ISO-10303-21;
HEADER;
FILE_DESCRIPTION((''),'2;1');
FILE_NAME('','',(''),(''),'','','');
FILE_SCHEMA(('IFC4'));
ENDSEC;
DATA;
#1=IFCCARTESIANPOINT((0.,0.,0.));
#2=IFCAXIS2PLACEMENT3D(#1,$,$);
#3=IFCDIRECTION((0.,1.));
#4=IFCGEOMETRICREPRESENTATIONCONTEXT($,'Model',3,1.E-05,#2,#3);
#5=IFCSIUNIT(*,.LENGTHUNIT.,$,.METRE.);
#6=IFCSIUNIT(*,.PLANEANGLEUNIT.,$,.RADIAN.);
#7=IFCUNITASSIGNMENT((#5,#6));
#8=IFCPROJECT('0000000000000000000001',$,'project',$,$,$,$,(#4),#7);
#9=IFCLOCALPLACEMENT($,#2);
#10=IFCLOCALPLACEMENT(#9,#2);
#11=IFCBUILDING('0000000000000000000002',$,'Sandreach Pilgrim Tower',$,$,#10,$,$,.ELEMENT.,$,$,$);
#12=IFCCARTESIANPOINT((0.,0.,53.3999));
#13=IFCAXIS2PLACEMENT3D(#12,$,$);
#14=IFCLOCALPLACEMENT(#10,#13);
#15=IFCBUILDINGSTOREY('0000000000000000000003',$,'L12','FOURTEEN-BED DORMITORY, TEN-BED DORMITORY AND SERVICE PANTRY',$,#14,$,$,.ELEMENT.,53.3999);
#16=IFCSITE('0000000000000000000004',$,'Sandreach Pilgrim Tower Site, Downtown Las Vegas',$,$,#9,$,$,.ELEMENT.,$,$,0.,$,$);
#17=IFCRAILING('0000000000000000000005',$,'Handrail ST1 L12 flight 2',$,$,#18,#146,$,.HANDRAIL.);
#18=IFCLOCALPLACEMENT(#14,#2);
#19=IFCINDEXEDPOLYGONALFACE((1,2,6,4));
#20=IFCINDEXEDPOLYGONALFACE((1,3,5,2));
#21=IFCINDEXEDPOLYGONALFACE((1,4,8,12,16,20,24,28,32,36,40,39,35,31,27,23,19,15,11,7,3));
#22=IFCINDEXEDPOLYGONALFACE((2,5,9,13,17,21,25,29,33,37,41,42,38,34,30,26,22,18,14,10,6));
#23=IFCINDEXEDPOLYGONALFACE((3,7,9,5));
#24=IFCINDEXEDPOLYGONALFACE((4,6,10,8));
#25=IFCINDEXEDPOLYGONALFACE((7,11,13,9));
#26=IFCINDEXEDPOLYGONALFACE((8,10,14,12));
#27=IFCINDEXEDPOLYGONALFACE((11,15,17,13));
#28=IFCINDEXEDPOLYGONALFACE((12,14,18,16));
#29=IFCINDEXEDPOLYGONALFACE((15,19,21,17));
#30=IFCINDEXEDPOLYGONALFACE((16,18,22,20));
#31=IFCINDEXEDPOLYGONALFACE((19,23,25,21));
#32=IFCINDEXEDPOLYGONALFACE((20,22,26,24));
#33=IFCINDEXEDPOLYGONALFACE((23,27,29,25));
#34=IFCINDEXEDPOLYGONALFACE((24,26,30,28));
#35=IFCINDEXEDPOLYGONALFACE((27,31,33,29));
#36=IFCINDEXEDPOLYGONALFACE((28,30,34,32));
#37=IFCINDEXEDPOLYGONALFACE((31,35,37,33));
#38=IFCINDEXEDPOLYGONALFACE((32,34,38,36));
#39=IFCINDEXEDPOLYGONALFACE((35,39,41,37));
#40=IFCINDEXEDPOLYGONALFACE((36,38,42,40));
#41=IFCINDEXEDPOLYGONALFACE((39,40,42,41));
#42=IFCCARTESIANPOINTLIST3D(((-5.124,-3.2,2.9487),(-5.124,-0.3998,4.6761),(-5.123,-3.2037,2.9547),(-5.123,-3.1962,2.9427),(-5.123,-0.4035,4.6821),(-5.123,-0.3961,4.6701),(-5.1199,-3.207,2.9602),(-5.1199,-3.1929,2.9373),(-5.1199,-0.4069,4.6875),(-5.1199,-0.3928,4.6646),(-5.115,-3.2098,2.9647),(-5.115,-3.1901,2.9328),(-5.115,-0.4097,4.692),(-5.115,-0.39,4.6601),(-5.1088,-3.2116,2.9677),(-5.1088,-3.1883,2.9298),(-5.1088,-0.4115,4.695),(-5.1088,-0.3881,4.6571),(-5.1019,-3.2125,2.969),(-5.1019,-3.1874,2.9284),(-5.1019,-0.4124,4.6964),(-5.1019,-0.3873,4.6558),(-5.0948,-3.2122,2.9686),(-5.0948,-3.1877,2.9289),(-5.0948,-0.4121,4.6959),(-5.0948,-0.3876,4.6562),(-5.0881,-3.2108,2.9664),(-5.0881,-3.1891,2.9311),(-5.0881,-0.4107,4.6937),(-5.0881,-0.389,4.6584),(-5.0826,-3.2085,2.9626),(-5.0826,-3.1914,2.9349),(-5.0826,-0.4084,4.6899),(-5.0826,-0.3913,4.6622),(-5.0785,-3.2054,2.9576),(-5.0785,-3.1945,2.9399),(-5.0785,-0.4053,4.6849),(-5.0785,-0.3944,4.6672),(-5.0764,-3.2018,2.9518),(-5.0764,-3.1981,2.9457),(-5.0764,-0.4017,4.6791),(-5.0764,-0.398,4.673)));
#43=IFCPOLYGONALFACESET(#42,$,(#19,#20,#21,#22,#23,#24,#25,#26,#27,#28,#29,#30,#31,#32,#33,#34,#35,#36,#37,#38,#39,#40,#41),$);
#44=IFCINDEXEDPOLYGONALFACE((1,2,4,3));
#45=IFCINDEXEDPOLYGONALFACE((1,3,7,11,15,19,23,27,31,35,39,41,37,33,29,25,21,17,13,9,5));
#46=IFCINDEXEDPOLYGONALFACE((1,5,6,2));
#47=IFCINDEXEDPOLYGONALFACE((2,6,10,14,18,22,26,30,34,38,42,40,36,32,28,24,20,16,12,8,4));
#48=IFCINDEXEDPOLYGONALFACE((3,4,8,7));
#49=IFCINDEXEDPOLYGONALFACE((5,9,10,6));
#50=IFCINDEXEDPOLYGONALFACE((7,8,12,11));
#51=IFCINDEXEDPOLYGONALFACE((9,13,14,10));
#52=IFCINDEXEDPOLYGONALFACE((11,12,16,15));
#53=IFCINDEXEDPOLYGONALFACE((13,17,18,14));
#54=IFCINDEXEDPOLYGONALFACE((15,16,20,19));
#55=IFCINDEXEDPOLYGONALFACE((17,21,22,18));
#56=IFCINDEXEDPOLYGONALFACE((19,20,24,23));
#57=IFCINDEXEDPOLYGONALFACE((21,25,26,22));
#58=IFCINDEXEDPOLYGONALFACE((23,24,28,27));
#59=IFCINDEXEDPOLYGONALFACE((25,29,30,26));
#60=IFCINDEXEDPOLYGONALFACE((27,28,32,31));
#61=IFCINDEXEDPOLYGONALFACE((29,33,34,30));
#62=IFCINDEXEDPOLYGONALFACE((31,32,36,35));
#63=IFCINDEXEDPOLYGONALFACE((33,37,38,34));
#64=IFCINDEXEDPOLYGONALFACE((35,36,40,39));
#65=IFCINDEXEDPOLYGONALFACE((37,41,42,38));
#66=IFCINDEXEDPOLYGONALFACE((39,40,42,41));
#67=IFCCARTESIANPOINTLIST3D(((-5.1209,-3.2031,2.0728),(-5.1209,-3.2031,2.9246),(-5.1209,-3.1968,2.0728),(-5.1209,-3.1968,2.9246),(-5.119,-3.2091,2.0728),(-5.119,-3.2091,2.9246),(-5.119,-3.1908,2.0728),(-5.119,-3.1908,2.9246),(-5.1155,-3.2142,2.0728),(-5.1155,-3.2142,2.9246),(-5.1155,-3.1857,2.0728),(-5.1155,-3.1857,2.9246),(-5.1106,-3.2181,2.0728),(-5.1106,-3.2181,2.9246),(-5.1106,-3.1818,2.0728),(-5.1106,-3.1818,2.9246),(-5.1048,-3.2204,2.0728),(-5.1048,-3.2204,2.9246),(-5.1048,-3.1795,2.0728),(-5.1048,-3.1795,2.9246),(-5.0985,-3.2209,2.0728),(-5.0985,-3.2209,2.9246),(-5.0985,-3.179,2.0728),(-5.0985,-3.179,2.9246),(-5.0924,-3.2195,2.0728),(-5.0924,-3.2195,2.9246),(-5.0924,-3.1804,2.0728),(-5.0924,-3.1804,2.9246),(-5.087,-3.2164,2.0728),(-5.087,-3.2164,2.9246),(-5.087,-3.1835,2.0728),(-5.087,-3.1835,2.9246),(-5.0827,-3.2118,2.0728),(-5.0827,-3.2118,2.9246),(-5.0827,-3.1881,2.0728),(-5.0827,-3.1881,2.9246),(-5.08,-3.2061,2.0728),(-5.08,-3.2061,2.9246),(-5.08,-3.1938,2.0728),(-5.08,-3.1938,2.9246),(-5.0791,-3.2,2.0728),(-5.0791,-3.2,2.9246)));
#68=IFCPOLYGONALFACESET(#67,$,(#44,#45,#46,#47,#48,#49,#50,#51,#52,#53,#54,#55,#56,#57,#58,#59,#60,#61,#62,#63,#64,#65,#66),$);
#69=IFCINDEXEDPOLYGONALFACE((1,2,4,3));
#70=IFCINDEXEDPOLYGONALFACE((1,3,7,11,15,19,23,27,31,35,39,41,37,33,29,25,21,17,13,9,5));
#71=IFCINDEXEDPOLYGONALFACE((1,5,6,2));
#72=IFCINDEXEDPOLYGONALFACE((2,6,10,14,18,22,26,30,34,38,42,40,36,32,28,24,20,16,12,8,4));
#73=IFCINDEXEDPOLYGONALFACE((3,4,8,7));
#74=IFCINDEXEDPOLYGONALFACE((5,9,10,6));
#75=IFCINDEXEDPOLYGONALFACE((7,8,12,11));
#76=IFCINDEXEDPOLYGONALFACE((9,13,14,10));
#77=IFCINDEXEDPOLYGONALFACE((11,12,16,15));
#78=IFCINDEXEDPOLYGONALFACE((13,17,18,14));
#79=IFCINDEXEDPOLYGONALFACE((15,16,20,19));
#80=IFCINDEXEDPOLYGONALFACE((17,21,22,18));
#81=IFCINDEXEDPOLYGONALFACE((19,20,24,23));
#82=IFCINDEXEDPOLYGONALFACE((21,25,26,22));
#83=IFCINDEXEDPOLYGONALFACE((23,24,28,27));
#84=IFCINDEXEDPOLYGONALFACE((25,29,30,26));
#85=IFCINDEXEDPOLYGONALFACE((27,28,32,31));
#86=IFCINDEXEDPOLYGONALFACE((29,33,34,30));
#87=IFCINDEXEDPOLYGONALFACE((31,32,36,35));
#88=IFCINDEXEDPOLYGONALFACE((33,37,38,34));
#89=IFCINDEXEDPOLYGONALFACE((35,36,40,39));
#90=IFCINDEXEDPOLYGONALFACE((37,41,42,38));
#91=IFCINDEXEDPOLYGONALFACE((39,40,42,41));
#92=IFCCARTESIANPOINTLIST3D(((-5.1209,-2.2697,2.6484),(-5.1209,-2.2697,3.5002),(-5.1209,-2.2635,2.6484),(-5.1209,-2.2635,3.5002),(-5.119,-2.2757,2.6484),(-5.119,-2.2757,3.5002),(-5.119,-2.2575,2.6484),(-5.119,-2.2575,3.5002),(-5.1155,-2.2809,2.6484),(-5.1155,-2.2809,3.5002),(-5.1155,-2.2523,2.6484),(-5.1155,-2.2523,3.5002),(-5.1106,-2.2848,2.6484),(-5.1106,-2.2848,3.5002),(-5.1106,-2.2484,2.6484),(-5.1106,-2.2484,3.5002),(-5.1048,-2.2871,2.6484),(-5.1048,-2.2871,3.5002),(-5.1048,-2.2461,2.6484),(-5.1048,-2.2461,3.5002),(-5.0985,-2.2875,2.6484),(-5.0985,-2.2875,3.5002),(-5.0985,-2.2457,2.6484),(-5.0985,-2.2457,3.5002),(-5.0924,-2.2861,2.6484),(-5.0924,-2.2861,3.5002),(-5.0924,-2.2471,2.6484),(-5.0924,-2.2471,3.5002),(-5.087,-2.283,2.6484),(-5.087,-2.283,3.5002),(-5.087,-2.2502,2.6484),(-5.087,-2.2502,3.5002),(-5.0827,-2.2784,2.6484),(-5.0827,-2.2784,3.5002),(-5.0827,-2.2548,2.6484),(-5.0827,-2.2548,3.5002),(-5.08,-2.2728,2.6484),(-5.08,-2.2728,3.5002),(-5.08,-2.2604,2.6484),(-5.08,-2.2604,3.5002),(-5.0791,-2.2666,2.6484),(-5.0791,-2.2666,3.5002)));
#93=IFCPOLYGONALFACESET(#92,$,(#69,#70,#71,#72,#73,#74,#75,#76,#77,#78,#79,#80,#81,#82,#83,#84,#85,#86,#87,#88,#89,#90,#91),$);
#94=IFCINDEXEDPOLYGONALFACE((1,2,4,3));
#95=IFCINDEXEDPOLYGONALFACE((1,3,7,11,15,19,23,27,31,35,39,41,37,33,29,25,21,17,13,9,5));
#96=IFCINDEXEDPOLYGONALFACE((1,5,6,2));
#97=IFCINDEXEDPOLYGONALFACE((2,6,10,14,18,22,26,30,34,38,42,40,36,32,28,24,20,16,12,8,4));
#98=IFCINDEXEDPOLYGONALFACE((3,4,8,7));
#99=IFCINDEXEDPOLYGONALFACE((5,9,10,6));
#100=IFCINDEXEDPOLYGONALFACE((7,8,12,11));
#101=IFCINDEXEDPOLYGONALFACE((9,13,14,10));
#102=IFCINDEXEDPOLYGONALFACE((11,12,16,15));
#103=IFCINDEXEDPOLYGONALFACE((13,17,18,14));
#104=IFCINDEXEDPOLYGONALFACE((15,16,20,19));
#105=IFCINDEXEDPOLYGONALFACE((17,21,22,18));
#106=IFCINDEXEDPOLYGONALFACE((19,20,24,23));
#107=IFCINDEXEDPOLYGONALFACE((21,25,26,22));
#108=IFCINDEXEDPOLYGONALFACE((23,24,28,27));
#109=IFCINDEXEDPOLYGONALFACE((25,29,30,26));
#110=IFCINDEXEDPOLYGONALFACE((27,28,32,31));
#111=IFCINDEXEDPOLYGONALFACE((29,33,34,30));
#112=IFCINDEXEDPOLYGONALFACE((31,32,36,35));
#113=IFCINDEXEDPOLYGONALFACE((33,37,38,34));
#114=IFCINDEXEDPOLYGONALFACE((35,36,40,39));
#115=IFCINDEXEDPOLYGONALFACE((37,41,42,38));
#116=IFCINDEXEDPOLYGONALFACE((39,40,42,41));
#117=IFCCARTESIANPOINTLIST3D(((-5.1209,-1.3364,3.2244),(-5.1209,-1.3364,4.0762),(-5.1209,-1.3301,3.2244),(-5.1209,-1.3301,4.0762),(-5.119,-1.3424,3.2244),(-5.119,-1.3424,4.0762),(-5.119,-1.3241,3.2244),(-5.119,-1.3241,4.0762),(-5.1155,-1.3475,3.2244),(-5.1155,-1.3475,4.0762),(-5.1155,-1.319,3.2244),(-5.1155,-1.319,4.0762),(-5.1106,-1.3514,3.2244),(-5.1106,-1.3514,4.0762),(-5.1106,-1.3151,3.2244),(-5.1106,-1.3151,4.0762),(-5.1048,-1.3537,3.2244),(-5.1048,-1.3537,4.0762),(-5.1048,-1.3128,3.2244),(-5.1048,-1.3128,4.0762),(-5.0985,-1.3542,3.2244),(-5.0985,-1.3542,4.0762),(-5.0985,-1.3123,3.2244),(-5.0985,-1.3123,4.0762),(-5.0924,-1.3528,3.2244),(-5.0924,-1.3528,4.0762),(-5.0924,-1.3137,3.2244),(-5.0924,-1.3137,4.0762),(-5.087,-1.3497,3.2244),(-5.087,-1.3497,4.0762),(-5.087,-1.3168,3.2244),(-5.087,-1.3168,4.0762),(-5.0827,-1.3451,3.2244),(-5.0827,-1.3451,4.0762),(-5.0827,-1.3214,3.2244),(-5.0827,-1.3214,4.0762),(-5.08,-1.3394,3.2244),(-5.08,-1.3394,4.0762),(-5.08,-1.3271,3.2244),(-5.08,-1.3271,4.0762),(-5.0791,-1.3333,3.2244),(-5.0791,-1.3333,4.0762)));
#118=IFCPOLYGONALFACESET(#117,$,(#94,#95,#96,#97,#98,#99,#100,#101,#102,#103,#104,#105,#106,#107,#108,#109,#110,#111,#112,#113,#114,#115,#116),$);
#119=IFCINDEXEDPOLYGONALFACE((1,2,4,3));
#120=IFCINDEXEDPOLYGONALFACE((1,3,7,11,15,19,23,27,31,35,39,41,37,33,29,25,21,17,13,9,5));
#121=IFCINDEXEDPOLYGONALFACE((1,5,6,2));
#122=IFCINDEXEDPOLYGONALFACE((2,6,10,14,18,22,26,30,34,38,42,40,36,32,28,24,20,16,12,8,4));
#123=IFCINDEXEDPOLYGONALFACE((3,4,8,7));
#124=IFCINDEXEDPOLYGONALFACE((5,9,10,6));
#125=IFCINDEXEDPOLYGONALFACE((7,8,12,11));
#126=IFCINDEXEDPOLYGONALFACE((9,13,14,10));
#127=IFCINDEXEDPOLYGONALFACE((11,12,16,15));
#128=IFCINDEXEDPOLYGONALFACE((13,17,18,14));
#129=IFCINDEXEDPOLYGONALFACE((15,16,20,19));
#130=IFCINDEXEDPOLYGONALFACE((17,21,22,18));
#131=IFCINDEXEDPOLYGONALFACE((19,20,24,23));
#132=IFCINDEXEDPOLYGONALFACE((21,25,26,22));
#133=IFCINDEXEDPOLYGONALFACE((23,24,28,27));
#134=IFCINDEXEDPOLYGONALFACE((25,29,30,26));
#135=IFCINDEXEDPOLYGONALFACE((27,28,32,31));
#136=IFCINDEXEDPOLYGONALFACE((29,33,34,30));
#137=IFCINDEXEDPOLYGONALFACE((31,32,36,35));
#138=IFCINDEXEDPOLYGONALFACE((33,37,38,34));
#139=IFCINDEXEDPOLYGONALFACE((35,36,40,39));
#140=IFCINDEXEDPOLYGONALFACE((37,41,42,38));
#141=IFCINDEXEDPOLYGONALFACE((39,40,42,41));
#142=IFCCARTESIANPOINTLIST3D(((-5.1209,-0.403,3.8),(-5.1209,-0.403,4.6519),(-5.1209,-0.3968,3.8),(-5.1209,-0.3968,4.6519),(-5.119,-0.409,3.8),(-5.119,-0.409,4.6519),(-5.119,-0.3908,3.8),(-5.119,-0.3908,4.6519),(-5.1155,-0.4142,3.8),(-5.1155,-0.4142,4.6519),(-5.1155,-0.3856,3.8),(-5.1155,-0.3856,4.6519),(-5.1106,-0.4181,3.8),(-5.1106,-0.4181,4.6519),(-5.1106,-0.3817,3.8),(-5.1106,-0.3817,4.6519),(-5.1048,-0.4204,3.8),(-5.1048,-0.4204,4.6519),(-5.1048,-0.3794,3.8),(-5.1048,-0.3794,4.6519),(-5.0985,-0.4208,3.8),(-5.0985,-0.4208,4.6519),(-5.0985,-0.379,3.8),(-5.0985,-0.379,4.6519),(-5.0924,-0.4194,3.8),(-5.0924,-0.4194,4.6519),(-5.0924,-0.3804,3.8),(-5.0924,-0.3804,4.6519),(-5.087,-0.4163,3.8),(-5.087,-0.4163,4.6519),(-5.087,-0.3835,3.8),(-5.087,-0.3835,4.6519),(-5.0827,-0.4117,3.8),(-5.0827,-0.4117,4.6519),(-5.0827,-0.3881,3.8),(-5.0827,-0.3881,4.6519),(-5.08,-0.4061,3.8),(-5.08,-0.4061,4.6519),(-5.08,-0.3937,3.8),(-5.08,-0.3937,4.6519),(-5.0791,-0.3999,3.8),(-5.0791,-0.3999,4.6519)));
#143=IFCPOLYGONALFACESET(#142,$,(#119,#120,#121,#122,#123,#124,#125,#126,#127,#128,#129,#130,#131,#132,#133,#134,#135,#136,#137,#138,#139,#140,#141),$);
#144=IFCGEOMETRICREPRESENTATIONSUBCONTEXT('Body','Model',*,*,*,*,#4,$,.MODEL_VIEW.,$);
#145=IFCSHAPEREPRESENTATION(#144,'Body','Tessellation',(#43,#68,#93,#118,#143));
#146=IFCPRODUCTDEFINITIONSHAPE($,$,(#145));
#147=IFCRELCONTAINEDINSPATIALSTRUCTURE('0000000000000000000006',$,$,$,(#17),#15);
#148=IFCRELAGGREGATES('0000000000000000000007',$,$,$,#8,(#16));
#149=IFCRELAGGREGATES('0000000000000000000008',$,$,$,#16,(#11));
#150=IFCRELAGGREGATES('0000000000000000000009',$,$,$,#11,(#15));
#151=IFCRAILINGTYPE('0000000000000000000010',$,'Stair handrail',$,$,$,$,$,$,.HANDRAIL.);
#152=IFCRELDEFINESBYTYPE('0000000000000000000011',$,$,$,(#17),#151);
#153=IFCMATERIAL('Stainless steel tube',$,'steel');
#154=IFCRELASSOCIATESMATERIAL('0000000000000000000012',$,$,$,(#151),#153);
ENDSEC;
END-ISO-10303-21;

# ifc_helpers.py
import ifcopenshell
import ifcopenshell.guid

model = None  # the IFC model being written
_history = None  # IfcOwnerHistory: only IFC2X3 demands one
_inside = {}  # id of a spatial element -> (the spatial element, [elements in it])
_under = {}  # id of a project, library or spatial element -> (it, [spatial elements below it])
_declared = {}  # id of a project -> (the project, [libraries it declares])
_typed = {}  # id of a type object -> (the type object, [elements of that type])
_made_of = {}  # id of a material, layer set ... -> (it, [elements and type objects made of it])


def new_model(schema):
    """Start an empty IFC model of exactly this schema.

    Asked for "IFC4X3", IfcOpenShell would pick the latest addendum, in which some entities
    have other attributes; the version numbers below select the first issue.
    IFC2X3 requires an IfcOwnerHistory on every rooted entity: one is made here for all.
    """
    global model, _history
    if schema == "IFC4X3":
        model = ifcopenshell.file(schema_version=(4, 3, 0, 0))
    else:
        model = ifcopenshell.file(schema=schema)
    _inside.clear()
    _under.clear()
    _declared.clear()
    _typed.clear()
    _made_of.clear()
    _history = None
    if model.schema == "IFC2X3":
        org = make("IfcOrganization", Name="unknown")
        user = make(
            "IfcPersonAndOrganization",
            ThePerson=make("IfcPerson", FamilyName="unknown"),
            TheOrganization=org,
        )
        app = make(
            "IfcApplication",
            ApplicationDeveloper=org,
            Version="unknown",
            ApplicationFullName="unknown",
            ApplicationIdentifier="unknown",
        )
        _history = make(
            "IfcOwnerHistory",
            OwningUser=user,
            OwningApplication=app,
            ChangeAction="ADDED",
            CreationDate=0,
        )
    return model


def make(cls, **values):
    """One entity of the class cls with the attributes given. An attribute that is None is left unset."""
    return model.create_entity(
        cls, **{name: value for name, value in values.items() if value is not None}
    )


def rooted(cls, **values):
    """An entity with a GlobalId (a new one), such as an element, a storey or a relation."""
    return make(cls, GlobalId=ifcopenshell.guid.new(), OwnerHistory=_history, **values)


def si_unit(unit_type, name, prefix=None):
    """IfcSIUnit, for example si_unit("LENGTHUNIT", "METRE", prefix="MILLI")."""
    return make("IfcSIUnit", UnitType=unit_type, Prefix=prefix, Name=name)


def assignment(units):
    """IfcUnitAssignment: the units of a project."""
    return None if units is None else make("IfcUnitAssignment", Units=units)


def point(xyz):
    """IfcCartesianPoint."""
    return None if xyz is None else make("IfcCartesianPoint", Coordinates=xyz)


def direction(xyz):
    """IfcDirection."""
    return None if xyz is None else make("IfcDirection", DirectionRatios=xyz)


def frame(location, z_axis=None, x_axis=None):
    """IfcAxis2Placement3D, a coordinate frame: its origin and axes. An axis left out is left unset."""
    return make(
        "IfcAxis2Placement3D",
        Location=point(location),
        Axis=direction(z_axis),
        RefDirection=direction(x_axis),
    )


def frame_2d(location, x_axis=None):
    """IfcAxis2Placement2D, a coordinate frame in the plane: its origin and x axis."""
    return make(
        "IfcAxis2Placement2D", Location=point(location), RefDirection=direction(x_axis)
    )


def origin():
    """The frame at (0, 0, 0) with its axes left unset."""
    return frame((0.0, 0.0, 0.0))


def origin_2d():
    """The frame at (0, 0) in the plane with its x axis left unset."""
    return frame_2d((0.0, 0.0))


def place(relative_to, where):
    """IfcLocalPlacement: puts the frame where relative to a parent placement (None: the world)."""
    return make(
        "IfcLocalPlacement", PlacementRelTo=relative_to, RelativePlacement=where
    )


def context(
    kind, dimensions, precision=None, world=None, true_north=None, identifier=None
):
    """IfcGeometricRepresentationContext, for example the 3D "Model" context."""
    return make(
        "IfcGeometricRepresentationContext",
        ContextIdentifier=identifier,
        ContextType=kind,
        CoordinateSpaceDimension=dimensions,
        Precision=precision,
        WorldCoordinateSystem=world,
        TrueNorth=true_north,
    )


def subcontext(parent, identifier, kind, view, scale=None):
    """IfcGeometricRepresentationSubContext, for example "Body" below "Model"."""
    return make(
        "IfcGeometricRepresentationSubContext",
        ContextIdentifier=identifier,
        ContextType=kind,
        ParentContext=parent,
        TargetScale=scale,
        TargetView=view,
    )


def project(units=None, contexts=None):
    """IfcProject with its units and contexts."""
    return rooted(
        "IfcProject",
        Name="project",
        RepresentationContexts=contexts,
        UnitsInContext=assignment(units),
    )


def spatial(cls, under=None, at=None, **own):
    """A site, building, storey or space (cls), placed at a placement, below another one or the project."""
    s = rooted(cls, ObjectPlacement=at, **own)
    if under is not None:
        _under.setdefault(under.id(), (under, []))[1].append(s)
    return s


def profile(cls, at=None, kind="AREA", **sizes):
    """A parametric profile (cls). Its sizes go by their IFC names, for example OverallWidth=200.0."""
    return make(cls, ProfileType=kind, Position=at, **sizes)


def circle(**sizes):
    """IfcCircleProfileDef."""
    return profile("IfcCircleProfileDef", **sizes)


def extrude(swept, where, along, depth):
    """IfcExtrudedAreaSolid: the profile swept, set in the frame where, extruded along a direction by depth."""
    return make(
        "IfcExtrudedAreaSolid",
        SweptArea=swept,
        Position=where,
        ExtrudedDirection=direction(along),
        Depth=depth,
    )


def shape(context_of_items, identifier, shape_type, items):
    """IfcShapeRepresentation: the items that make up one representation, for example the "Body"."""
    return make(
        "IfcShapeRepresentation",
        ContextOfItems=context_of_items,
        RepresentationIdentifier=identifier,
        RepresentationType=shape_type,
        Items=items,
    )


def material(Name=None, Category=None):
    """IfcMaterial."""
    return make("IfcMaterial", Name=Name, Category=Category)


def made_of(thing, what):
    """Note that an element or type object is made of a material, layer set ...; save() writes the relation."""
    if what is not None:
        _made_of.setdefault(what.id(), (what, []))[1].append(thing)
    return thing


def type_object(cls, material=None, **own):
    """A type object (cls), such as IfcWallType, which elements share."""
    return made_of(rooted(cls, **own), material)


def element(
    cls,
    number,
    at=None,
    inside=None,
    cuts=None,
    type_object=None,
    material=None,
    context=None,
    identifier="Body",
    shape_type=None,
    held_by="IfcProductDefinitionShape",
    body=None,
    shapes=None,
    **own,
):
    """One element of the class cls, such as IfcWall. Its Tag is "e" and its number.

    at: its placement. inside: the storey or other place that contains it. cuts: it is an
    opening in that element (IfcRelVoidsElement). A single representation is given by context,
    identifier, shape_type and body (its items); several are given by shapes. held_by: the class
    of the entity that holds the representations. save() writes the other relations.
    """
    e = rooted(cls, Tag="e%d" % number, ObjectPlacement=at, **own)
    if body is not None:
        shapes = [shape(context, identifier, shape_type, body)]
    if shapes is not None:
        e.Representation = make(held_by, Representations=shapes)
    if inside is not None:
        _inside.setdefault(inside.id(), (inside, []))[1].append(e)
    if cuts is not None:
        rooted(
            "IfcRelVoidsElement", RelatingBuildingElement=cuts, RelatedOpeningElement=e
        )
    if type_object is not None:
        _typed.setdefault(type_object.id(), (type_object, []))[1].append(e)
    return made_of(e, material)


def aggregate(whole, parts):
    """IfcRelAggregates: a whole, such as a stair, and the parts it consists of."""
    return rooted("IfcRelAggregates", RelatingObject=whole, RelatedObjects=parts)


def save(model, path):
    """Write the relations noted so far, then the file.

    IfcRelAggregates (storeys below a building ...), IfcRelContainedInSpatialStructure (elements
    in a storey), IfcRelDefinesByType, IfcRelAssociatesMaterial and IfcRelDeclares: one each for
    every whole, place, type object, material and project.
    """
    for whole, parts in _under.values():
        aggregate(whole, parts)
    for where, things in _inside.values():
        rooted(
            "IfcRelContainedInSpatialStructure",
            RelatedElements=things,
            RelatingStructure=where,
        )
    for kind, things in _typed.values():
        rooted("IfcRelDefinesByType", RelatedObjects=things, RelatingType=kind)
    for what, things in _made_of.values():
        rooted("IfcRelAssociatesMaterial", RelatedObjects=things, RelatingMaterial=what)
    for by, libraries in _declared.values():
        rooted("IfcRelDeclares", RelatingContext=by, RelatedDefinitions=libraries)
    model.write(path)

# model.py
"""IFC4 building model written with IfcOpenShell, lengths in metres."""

from ifc_helpers import new_model, si_unit, direction, frame, origin, origin_2d, place, context, subcontext, project, spatial, circle, extrude, material, type_object, element, save


model = new_model("IFC4")

# Units and contexts
model_context = context("Model", 3, precision=1e-05, world=origin(), true_north=direction((0.0, 1.0)))
body_context = subcontext(model_context, "Body", "Model", "MODEL_VIEW")
ifc_project = project(units=[si_unit("LENGTHUNIT", "METRE"), si_unit("PLANEANGLEUNIT", "RADIAN")], contexts=[model_context])

# Site, building, storey
site_placement = place(None, origin())
site = spatial("IfcSite", under=ifc_project, at=site_placement, Name="Sandreach Pilgrim Tower Site, Downtown Las Vegas", CompositionType="ELEMENT", RefElevation=0.0)
building_placement = place(site_placement, origin())
building = spatial("IfcBuilding", under=site, at=building_placement, Name="Sandreach Pilgrim Tower", CompositionType="ELEMENT")
storey_placement = place(building_placement, frame((0.0, 0.0, 53.3999)))
storey = spatial("IfcBuildingStorey", under=building, at=storey_placement, Name="L12", Description="FOURTEEN-BED DORMITORY, TEN-BED DORMITORY AND SERVICE PANTRY", CompositionType="ELEMENT", Elevation=53.3999)

# Railing
ifc_material_1 = material(Name="Stainless steel tube", Category="steel")
railing_type = type_object("IfcRailingType", Name="Stair handrail", PredefinedType="HANDRAIL", material=ifc_material_1)
for number, where, name in (
    (1, (-5.1001, -3.2, 2.0728), "Handrail ST1 L12 flight 2"),
):
    element("IfcRailing", number, at=place(storey_placement, frame(where)), inside=storey, type_object=railing_type, Name=name, PredefinedType="HANDRAIL", context=body_context, shape_type="SweptSolid", body=[
        extrude(circle(Radius=0.0239, at=origin_2d()), frame((0.0, 0.0, 0.876), z_axis=(0.0, 0.85109, 0.52502), x_axis=(-1.0, 0.0, 0.0)), (0.0, 0.0, 1.0), 3.29),
        extrude(circle(Radius=0.021, at=origin_2d()), origin(), (0.0, 0.0, 1.0), 0.8518),
        extrude(circle(Radius=0.021, at=origin_2d()), frame((0.0, 0.9333, 0.5757)), (0.0, 0.0, 1.0), 0.8518),
        extrude(circle(Radius=0.021, at=origin_2d()), frame((0.0, 1.8667, 1.1516)), (0.0, 0.0, 1.0), 0.8518),
        extrude(circle(Radius=0.021, at=origin_2d()), frame((0.0, 2.8, 1.7273)), (0.0, 0.0, 1.0), 0.8518),
    ])

save(model, "model.ifc")
